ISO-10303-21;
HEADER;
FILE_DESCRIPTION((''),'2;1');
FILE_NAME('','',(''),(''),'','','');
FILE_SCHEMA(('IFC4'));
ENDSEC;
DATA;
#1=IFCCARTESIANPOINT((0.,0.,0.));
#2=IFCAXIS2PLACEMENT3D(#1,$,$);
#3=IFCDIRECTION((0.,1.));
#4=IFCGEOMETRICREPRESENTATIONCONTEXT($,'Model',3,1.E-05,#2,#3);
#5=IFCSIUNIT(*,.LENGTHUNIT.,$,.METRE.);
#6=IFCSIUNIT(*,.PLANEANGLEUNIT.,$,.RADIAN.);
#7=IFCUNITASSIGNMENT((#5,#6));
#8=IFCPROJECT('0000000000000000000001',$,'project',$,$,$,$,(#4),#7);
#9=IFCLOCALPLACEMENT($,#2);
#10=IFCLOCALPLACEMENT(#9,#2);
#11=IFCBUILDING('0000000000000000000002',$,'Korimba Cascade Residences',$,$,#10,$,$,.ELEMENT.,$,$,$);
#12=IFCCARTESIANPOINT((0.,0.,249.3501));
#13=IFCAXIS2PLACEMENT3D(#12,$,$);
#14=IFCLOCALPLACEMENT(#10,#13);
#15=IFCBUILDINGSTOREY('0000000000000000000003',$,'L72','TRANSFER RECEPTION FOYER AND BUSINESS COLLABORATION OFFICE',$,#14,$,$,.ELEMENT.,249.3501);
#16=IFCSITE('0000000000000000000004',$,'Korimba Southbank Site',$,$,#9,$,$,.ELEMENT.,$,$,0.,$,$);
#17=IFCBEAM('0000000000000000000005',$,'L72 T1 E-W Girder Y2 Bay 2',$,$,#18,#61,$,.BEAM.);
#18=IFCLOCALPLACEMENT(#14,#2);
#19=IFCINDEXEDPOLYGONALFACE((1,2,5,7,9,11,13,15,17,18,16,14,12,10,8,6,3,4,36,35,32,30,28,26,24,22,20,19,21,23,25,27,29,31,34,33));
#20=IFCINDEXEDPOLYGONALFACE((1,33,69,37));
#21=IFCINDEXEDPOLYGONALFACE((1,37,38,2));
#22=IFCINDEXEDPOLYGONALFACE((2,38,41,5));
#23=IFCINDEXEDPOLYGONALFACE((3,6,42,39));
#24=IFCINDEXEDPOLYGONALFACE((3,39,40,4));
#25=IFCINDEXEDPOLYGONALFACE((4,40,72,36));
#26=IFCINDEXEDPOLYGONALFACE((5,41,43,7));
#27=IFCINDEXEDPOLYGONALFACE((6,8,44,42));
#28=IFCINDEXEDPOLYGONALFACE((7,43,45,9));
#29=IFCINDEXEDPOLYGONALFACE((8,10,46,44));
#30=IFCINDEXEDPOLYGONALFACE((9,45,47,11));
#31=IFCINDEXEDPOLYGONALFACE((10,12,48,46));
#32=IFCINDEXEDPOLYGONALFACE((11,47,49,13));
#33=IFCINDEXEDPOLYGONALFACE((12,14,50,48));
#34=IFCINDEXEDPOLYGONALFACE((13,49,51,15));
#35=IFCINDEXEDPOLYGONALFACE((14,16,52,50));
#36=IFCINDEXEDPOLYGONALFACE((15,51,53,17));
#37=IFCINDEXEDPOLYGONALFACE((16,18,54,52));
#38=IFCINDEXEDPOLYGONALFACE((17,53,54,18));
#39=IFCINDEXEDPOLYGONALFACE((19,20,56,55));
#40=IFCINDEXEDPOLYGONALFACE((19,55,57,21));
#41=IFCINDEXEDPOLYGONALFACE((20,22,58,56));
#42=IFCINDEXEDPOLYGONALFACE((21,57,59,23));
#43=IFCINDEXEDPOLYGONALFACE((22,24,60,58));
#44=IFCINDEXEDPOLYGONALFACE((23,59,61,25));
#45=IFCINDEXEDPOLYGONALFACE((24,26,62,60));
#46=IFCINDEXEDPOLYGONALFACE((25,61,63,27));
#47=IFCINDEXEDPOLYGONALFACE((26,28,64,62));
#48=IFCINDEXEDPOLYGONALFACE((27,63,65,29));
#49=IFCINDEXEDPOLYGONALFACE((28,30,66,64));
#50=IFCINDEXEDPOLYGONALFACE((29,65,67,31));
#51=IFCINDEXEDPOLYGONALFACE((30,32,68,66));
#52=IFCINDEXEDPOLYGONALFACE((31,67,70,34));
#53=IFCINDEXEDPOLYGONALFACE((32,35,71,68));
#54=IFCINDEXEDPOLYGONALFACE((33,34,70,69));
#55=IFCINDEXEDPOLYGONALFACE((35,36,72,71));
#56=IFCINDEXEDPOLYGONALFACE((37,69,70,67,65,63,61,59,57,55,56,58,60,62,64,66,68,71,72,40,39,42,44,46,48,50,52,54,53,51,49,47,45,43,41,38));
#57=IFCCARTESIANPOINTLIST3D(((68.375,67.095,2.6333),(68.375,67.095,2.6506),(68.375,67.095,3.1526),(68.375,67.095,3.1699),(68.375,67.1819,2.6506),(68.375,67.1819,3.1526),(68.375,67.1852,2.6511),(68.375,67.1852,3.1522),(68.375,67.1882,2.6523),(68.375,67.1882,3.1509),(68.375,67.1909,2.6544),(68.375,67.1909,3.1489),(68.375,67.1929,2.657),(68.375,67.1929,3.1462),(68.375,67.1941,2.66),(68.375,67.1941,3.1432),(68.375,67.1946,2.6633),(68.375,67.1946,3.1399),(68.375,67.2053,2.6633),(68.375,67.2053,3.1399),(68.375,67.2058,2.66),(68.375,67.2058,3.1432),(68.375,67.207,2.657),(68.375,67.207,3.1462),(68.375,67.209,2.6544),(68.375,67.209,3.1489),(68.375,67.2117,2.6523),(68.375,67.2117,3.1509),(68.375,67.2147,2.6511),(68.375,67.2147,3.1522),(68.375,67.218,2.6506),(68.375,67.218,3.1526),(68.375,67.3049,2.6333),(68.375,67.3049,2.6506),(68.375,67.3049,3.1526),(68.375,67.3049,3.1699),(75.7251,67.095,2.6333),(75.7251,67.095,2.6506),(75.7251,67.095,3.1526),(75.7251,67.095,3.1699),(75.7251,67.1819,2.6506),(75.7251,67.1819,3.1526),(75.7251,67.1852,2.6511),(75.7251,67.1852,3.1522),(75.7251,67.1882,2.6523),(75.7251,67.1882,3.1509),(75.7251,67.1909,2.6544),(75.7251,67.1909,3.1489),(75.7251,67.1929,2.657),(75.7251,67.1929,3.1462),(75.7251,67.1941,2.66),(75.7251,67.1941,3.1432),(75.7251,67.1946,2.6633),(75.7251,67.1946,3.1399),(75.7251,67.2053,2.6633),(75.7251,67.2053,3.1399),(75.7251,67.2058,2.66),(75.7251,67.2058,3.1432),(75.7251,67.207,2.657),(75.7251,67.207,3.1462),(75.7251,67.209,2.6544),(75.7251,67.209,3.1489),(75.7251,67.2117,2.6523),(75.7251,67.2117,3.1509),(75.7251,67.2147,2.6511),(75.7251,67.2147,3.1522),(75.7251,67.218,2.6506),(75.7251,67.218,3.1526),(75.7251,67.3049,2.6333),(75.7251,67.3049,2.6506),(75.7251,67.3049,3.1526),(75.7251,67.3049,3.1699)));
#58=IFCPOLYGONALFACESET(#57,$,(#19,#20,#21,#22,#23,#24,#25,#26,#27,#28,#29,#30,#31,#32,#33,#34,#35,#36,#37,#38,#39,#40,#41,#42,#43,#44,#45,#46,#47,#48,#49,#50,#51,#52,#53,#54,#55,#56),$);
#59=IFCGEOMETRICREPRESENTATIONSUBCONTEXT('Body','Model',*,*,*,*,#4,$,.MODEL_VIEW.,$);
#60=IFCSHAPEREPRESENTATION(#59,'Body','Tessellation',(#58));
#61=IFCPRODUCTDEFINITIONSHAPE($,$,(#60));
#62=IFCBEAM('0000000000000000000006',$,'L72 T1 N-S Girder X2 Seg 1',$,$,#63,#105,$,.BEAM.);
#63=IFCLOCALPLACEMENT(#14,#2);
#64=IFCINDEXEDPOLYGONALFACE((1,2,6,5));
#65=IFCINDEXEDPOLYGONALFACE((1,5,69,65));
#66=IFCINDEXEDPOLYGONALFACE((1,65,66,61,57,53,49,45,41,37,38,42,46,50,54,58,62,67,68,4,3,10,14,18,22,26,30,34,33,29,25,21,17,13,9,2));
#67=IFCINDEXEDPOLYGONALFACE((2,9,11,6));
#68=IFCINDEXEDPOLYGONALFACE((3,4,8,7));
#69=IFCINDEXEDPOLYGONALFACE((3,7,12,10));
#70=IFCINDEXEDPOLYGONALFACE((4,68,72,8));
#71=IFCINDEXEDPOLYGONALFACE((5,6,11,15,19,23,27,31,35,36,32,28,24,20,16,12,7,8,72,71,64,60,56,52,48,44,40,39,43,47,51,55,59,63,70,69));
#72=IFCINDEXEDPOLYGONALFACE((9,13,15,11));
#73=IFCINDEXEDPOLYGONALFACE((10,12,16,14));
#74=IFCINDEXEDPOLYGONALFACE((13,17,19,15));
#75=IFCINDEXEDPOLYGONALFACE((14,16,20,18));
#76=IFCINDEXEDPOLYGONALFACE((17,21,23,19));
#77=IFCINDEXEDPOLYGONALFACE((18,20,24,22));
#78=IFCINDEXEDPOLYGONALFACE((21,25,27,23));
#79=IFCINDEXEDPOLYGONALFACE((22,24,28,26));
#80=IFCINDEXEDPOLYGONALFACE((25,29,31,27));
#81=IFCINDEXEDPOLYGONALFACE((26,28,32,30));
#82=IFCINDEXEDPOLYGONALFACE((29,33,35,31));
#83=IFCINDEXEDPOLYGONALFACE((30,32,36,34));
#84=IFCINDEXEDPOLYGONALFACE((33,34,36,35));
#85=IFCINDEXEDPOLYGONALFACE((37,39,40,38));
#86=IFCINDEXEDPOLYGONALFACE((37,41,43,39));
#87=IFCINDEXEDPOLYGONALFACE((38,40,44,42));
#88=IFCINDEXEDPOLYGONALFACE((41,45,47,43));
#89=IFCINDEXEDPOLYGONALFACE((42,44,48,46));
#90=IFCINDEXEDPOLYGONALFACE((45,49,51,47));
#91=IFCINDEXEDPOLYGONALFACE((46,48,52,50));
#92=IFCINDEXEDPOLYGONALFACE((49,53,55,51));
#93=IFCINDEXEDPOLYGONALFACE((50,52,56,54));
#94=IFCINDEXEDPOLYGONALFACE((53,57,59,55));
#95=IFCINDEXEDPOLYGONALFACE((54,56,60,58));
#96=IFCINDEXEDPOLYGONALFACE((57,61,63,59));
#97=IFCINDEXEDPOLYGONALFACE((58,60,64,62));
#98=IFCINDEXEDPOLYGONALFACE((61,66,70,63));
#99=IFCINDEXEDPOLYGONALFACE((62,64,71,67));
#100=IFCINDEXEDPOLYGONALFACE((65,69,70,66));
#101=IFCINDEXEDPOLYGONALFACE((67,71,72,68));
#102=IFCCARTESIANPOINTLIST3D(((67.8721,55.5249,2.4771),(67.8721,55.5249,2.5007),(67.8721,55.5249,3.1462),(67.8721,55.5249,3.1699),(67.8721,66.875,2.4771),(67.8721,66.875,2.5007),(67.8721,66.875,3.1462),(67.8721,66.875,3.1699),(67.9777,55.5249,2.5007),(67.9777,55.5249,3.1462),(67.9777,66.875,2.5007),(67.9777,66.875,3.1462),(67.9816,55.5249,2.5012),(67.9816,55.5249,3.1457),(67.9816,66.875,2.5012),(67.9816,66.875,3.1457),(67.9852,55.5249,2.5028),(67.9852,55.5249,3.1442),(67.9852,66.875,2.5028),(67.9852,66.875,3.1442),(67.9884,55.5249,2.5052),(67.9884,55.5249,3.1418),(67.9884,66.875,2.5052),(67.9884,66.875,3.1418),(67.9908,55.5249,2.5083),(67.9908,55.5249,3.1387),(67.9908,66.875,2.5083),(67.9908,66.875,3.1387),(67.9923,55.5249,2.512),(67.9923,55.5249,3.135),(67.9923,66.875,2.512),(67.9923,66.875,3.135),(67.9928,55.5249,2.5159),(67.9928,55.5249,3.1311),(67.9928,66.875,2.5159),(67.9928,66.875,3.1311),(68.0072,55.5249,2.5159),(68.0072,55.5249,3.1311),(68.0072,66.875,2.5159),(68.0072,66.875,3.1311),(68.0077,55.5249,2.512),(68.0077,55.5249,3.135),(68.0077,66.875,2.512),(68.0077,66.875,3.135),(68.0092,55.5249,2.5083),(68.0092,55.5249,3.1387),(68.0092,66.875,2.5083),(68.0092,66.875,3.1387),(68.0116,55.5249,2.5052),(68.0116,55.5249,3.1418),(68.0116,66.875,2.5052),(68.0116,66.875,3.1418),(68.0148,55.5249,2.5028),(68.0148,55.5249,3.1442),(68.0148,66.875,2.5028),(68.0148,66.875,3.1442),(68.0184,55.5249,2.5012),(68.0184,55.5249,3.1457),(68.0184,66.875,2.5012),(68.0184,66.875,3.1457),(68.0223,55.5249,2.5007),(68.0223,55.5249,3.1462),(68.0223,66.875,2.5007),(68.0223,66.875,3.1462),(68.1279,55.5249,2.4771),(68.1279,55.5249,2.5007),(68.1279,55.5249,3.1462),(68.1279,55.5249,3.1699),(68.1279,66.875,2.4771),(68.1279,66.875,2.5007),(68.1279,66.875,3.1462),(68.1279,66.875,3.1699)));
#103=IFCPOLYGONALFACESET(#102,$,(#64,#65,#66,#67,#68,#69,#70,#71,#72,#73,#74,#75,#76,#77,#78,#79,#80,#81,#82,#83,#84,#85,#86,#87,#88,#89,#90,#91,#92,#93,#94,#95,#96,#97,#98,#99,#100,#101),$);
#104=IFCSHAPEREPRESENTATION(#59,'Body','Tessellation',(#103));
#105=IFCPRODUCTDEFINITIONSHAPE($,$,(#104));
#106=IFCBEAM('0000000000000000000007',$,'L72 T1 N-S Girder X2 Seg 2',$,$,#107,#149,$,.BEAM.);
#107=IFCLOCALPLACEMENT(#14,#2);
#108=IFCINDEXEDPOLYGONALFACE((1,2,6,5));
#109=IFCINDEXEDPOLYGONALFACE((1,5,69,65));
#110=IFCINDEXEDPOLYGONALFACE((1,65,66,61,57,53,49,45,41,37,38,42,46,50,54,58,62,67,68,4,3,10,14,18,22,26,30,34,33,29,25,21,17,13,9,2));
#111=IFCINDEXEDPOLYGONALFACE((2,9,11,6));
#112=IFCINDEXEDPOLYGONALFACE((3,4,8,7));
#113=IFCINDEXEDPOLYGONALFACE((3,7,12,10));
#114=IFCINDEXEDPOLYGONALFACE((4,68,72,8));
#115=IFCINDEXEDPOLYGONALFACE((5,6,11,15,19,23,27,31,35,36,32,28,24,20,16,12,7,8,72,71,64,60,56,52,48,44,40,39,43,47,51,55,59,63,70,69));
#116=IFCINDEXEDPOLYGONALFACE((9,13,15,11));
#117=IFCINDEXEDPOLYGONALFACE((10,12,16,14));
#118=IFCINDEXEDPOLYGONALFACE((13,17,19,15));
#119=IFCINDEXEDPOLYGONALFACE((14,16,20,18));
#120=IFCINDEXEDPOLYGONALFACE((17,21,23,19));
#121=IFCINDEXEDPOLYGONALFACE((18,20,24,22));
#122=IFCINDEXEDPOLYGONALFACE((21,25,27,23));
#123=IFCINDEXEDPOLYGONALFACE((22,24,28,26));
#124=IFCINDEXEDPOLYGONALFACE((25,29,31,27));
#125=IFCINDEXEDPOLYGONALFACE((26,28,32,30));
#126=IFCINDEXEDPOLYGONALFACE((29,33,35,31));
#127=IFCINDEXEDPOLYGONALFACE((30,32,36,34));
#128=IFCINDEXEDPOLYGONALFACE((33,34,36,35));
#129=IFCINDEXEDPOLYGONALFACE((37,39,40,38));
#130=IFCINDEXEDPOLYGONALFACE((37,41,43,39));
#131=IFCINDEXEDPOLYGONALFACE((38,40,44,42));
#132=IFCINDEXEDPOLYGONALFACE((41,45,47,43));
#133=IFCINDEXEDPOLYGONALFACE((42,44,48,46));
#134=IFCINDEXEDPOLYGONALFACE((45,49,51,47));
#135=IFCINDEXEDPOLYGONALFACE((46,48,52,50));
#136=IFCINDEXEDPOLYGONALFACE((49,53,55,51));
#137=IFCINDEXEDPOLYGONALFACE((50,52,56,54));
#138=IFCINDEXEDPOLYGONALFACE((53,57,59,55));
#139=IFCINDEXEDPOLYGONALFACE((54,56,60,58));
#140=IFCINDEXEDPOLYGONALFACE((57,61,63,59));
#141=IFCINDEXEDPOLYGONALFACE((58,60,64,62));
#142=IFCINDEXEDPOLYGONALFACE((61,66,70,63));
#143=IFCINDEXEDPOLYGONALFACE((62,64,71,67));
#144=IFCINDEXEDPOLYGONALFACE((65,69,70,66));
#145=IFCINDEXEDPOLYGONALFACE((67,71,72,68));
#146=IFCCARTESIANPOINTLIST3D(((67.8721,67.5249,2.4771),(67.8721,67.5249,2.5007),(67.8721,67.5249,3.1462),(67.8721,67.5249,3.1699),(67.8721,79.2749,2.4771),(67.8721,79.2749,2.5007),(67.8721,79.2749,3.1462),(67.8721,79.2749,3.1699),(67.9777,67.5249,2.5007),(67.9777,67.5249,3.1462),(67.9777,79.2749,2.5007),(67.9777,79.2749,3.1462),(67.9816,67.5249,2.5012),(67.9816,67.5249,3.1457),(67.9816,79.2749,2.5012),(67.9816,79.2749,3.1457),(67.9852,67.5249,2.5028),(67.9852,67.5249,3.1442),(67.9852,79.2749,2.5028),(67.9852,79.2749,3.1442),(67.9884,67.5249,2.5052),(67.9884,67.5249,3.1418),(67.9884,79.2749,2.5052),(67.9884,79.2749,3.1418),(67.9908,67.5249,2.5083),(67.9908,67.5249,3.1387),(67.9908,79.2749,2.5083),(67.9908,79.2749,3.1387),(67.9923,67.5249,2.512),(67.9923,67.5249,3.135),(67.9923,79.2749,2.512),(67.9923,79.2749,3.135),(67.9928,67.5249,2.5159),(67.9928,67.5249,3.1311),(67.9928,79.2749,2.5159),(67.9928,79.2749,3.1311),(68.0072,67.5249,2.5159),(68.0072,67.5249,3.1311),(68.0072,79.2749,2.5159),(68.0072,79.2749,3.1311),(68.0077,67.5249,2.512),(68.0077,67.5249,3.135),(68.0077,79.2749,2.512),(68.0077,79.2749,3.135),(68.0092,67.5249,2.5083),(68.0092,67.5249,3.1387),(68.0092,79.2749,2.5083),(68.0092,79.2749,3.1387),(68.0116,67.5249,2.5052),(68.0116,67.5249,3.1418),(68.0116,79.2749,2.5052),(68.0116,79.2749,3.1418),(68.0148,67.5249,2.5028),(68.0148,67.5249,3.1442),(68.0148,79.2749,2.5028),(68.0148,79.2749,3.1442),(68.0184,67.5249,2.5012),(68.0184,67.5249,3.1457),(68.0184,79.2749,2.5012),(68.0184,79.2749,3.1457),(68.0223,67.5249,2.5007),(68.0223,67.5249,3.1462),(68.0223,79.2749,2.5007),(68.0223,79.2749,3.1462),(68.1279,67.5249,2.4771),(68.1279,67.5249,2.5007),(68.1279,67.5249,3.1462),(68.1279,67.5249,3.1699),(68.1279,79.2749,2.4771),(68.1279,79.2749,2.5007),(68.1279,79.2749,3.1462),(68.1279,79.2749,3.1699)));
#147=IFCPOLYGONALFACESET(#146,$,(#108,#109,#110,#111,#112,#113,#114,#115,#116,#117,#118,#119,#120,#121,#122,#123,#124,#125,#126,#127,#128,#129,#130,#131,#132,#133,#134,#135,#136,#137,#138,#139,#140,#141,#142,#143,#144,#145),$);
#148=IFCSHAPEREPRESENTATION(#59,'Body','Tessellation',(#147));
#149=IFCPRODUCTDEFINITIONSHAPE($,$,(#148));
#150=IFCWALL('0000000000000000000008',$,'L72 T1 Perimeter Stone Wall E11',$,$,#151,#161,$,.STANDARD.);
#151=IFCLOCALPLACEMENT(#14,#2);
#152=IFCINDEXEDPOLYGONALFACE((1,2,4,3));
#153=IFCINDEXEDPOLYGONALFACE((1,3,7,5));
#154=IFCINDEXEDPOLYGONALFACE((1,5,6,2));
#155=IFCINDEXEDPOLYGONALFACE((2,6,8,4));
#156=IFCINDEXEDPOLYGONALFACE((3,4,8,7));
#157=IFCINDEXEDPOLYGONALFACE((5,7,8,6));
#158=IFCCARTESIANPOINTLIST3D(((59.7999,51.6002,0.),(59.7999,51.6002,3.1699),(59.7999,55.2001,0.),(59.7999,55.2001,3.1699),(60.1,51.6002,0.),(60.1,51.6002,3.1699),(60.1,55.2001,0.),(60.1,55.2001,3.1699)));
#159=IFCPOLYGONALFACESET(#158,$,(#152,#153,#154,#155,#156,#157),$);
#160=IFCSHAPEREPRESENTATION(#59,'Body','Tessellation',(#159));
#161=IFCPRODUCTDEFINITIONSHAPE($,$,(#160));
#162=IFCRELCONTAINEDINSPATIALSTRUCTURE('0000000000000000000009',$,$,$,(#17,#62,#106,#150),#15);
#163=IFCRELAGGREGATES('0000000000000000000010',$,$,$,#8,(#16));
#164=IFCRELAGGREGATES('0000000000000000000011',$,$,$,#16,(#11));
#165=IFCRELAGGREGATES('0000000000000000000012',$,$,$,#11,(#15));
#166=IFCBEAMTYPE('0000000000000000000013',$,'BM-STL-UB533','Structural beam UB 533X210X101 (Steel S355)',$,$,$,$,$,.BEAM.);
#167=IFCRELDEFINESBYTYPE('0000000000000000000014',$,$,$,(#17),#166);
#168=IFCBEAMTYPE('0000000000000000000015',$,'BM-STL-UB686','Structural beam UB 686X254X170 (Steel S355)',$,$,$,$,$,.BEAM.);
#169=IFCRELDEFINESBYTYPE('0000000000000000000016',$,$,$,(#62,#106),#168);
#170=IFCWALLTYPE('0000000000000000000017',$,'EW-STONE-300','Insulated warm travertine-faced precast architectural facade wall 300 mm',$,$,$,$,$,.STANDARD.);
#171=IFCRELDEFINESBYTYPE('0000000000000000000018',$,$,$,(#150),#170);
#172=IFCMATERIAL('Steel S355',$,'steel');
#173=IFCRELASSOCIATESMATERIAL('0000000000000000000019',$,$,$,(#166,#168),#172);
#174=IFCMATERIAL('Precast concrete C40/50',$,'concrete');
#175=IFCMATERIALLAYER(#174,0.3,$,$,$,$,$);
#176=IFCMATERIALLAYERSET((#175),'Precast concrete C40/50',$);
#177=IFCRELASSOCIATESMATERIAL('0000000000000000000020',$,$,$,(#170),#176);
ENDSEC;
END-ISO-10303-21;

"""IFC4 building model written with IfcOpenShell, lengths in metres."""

from ifc_helpers import new_model, si_unit, direction, frame, frame_2d, origin, origin_2d, place, context, subcontext, project, spatial, rectangle, i_section, extrude, material, layer, layer_set, material_profile, profile_set, type_object, element, save


model = new_model("IFC4")

# Units and contexts
model_context = context("Model", 3, precision=1e-05, world=origin(), true_north=direction((0.0, 1.0)))
body_context = subcontext(model_context, "Body", "Model", "MODEL_VIEW")
ifc_project = project(units=[si_unit("LENGTHUNIT", "METRE"), si_unit("PLANEANGLEUNIT", "RADIAN")], contexts=[model_context])

# Site, building, storey
site_placement = place(None, origin())
site = spatial("IfcSite", under=ifc_project, at=site_placement, Name="Korimba Southbank Site", CompositionType="ELEMENT", RefElevation=0.0)
building_placement = place(site_placement, origin())
building = spatial("IfcBuilding", under=site, at=building_placement, Name="Korimba Cascade Residences", CompositionType="ELEMENT")
storey_placement = place(building_placement, frame((0.0, 0.0, 249.3501)))
storey = spatial("IfcBuildingStorey", under=building, at=storey_placement, Name="L72", Description="TRANSFER RECEPTION FOYER AND BUSINESS COLLABORATION OFFICE", CompositionType="ELEMENT", Elevation=249.3501)

# Beams
ifc_material_1 = material(Name="Steel S355", Category="steel")
ifc_material_profile_1 = material_profile(ifc_material_1, i_section(OverallWidth=0.21, OverallDepth=0.5366, WebThickness=0.0107, FlangeThickness=0.0173, FilletRadius=0.0127, at=origin_2d()), Name="Steel S355")
ifc_profile_set_1 = profile_set([ifc_material_profile_1], Name="Steel S355")
beam_type_1 = type_object("IfcBeamType", Name="BM-STL-UB533", Description="Structural beam UB 533X210X101 (Steel S355)", PredefinedType="BEAM", material=ifc_profile_set_1)
beam_1_placement = place(storey_placement, frame((68.375, 67.2, 2.9016), z_axis=(1.0, 0.0, 0.0), x_axis=(0.0, 1.0, 0.0)))
element("IfcBeam", 1, at=beam_1_placement, inside=storey, type_object=beam_type_1, Name="L72 T1 E-W Girder Y2 Bay 2", PredefinedType="BEAM", context=body_context, shape_type="SweptSolid", body=[
    extrude(i_section(OverallWidth=0.21, OverallDepth=0.5366, WebThickness=0.0107, FlangeThickness=0.0173, FilletRadius=0.0127, at=origin_2d()), origin(), (0.0, 0.0, 1.0), 7.3501),
])
ifc_material_profile_2 = material_profile(ifc_material_1, i_section(OverallWidth=0.2559, OverallDepth=0.6929, WebThickness=0.0144, FlangeThickness=0.0237, FilletRadius=0.0151, at=origin_2d()), Name="Steel S355")
ifc_profile_set_2 = profile_set([ifc_material_profile_2], Name="Steel S355")
beam_type_2 = type_object("IfcBeamType", Name="BM-STL-UB686", Description="Structural beam UB 686X254X170 (Steel S355)", PredefinedType="BEAM", material=ifc_profile_set_2)
beam_2_placement = place(storey_placement, frame((68.0, 55.5249, 2.8235), z_axis=(0.0, 1.0, 0.0), x_axis=(-1.0, 0.0, 0.0)))
element("IfcBeam", 2, at=beam_2_placement, inside=storey, type_object=beam_type_2, Name="L72 T1 N-S Girder X2 Seg 1", PredefinedType="BEAM", context=body_context, shape_type="SweptSolid", body=[
    extrude(i_section(OverallWidth=0.2559, OverallDepth=0.6929, WebThickness=0.0144, FlangeThickness=0.0237, FilletRadius=0.0151, at=origin_2d()), origin(), (0.0, 0.0, 1.0), 11.3501),
])
beam_3_placement = place(storey_placement, frame((68.0, 67.5249, 2.8235), z_axis=(0.0, 1.0, 0.0), x_axis=(-1.0, 0.0, 0.0)))
element("IfcBeam", 3, at=beam_3_placement, inside=storey, type_object=beam_type_2, Name="L72 T1 N-S Girder X2 Seg 2", PredefinedType="BEAM", context=body_context, shape_type="SweptSolid", body=[
    extrude(i_section(OverallWidth=0.2559, OverallDepth=0.6929, WebThickness=0.0144, FlangeThickness=0.0237, FilletRadius=0.0151, at=origin_2d()), origin(), (0.0, 0.0, 1.0), 11.75),
])

# Wall
ifc_material_2 = material(Name="Precast concrete C40/50", Category="concrete")
ifc_layer_1 = layer(ifc_material_2, 0.3)
ifc_layer_set_1 = layer_set([ifc_layer_1], Name="Precast concrete C40/50")
wall_type_1 = type_object("IfcWallType", Name="EW-STONE-300", Description="Insulated warm travertine-faced precast architectural facade wall 300 mm", PredefinedType="STANDARD", material=ifc_layer_set_1)
wall_1_placement = place(storey_placement, frame((59.95, 55.2, 0.0), z_axis=(0.0, 0.0, 1.0), x_axis=(0.0, -1.0, 0.0)))
element("IfcWall", 4, at=wall_1_placement, inside=storey, type_object=wall_type_1, Name="L72 T1 Perimeter Stone Wall E11", PredefinedType="STANDARD", context=body_context, shape_type="SweptSolid", body=[
    extrude(rectangle(XDim=3.5999, YDim=0.3, at=frame_2d((1.7998, 0.0))), origin(), (0.0, 0.0, 1.0), 3.1699),
])

save(model, "model.ifc")
